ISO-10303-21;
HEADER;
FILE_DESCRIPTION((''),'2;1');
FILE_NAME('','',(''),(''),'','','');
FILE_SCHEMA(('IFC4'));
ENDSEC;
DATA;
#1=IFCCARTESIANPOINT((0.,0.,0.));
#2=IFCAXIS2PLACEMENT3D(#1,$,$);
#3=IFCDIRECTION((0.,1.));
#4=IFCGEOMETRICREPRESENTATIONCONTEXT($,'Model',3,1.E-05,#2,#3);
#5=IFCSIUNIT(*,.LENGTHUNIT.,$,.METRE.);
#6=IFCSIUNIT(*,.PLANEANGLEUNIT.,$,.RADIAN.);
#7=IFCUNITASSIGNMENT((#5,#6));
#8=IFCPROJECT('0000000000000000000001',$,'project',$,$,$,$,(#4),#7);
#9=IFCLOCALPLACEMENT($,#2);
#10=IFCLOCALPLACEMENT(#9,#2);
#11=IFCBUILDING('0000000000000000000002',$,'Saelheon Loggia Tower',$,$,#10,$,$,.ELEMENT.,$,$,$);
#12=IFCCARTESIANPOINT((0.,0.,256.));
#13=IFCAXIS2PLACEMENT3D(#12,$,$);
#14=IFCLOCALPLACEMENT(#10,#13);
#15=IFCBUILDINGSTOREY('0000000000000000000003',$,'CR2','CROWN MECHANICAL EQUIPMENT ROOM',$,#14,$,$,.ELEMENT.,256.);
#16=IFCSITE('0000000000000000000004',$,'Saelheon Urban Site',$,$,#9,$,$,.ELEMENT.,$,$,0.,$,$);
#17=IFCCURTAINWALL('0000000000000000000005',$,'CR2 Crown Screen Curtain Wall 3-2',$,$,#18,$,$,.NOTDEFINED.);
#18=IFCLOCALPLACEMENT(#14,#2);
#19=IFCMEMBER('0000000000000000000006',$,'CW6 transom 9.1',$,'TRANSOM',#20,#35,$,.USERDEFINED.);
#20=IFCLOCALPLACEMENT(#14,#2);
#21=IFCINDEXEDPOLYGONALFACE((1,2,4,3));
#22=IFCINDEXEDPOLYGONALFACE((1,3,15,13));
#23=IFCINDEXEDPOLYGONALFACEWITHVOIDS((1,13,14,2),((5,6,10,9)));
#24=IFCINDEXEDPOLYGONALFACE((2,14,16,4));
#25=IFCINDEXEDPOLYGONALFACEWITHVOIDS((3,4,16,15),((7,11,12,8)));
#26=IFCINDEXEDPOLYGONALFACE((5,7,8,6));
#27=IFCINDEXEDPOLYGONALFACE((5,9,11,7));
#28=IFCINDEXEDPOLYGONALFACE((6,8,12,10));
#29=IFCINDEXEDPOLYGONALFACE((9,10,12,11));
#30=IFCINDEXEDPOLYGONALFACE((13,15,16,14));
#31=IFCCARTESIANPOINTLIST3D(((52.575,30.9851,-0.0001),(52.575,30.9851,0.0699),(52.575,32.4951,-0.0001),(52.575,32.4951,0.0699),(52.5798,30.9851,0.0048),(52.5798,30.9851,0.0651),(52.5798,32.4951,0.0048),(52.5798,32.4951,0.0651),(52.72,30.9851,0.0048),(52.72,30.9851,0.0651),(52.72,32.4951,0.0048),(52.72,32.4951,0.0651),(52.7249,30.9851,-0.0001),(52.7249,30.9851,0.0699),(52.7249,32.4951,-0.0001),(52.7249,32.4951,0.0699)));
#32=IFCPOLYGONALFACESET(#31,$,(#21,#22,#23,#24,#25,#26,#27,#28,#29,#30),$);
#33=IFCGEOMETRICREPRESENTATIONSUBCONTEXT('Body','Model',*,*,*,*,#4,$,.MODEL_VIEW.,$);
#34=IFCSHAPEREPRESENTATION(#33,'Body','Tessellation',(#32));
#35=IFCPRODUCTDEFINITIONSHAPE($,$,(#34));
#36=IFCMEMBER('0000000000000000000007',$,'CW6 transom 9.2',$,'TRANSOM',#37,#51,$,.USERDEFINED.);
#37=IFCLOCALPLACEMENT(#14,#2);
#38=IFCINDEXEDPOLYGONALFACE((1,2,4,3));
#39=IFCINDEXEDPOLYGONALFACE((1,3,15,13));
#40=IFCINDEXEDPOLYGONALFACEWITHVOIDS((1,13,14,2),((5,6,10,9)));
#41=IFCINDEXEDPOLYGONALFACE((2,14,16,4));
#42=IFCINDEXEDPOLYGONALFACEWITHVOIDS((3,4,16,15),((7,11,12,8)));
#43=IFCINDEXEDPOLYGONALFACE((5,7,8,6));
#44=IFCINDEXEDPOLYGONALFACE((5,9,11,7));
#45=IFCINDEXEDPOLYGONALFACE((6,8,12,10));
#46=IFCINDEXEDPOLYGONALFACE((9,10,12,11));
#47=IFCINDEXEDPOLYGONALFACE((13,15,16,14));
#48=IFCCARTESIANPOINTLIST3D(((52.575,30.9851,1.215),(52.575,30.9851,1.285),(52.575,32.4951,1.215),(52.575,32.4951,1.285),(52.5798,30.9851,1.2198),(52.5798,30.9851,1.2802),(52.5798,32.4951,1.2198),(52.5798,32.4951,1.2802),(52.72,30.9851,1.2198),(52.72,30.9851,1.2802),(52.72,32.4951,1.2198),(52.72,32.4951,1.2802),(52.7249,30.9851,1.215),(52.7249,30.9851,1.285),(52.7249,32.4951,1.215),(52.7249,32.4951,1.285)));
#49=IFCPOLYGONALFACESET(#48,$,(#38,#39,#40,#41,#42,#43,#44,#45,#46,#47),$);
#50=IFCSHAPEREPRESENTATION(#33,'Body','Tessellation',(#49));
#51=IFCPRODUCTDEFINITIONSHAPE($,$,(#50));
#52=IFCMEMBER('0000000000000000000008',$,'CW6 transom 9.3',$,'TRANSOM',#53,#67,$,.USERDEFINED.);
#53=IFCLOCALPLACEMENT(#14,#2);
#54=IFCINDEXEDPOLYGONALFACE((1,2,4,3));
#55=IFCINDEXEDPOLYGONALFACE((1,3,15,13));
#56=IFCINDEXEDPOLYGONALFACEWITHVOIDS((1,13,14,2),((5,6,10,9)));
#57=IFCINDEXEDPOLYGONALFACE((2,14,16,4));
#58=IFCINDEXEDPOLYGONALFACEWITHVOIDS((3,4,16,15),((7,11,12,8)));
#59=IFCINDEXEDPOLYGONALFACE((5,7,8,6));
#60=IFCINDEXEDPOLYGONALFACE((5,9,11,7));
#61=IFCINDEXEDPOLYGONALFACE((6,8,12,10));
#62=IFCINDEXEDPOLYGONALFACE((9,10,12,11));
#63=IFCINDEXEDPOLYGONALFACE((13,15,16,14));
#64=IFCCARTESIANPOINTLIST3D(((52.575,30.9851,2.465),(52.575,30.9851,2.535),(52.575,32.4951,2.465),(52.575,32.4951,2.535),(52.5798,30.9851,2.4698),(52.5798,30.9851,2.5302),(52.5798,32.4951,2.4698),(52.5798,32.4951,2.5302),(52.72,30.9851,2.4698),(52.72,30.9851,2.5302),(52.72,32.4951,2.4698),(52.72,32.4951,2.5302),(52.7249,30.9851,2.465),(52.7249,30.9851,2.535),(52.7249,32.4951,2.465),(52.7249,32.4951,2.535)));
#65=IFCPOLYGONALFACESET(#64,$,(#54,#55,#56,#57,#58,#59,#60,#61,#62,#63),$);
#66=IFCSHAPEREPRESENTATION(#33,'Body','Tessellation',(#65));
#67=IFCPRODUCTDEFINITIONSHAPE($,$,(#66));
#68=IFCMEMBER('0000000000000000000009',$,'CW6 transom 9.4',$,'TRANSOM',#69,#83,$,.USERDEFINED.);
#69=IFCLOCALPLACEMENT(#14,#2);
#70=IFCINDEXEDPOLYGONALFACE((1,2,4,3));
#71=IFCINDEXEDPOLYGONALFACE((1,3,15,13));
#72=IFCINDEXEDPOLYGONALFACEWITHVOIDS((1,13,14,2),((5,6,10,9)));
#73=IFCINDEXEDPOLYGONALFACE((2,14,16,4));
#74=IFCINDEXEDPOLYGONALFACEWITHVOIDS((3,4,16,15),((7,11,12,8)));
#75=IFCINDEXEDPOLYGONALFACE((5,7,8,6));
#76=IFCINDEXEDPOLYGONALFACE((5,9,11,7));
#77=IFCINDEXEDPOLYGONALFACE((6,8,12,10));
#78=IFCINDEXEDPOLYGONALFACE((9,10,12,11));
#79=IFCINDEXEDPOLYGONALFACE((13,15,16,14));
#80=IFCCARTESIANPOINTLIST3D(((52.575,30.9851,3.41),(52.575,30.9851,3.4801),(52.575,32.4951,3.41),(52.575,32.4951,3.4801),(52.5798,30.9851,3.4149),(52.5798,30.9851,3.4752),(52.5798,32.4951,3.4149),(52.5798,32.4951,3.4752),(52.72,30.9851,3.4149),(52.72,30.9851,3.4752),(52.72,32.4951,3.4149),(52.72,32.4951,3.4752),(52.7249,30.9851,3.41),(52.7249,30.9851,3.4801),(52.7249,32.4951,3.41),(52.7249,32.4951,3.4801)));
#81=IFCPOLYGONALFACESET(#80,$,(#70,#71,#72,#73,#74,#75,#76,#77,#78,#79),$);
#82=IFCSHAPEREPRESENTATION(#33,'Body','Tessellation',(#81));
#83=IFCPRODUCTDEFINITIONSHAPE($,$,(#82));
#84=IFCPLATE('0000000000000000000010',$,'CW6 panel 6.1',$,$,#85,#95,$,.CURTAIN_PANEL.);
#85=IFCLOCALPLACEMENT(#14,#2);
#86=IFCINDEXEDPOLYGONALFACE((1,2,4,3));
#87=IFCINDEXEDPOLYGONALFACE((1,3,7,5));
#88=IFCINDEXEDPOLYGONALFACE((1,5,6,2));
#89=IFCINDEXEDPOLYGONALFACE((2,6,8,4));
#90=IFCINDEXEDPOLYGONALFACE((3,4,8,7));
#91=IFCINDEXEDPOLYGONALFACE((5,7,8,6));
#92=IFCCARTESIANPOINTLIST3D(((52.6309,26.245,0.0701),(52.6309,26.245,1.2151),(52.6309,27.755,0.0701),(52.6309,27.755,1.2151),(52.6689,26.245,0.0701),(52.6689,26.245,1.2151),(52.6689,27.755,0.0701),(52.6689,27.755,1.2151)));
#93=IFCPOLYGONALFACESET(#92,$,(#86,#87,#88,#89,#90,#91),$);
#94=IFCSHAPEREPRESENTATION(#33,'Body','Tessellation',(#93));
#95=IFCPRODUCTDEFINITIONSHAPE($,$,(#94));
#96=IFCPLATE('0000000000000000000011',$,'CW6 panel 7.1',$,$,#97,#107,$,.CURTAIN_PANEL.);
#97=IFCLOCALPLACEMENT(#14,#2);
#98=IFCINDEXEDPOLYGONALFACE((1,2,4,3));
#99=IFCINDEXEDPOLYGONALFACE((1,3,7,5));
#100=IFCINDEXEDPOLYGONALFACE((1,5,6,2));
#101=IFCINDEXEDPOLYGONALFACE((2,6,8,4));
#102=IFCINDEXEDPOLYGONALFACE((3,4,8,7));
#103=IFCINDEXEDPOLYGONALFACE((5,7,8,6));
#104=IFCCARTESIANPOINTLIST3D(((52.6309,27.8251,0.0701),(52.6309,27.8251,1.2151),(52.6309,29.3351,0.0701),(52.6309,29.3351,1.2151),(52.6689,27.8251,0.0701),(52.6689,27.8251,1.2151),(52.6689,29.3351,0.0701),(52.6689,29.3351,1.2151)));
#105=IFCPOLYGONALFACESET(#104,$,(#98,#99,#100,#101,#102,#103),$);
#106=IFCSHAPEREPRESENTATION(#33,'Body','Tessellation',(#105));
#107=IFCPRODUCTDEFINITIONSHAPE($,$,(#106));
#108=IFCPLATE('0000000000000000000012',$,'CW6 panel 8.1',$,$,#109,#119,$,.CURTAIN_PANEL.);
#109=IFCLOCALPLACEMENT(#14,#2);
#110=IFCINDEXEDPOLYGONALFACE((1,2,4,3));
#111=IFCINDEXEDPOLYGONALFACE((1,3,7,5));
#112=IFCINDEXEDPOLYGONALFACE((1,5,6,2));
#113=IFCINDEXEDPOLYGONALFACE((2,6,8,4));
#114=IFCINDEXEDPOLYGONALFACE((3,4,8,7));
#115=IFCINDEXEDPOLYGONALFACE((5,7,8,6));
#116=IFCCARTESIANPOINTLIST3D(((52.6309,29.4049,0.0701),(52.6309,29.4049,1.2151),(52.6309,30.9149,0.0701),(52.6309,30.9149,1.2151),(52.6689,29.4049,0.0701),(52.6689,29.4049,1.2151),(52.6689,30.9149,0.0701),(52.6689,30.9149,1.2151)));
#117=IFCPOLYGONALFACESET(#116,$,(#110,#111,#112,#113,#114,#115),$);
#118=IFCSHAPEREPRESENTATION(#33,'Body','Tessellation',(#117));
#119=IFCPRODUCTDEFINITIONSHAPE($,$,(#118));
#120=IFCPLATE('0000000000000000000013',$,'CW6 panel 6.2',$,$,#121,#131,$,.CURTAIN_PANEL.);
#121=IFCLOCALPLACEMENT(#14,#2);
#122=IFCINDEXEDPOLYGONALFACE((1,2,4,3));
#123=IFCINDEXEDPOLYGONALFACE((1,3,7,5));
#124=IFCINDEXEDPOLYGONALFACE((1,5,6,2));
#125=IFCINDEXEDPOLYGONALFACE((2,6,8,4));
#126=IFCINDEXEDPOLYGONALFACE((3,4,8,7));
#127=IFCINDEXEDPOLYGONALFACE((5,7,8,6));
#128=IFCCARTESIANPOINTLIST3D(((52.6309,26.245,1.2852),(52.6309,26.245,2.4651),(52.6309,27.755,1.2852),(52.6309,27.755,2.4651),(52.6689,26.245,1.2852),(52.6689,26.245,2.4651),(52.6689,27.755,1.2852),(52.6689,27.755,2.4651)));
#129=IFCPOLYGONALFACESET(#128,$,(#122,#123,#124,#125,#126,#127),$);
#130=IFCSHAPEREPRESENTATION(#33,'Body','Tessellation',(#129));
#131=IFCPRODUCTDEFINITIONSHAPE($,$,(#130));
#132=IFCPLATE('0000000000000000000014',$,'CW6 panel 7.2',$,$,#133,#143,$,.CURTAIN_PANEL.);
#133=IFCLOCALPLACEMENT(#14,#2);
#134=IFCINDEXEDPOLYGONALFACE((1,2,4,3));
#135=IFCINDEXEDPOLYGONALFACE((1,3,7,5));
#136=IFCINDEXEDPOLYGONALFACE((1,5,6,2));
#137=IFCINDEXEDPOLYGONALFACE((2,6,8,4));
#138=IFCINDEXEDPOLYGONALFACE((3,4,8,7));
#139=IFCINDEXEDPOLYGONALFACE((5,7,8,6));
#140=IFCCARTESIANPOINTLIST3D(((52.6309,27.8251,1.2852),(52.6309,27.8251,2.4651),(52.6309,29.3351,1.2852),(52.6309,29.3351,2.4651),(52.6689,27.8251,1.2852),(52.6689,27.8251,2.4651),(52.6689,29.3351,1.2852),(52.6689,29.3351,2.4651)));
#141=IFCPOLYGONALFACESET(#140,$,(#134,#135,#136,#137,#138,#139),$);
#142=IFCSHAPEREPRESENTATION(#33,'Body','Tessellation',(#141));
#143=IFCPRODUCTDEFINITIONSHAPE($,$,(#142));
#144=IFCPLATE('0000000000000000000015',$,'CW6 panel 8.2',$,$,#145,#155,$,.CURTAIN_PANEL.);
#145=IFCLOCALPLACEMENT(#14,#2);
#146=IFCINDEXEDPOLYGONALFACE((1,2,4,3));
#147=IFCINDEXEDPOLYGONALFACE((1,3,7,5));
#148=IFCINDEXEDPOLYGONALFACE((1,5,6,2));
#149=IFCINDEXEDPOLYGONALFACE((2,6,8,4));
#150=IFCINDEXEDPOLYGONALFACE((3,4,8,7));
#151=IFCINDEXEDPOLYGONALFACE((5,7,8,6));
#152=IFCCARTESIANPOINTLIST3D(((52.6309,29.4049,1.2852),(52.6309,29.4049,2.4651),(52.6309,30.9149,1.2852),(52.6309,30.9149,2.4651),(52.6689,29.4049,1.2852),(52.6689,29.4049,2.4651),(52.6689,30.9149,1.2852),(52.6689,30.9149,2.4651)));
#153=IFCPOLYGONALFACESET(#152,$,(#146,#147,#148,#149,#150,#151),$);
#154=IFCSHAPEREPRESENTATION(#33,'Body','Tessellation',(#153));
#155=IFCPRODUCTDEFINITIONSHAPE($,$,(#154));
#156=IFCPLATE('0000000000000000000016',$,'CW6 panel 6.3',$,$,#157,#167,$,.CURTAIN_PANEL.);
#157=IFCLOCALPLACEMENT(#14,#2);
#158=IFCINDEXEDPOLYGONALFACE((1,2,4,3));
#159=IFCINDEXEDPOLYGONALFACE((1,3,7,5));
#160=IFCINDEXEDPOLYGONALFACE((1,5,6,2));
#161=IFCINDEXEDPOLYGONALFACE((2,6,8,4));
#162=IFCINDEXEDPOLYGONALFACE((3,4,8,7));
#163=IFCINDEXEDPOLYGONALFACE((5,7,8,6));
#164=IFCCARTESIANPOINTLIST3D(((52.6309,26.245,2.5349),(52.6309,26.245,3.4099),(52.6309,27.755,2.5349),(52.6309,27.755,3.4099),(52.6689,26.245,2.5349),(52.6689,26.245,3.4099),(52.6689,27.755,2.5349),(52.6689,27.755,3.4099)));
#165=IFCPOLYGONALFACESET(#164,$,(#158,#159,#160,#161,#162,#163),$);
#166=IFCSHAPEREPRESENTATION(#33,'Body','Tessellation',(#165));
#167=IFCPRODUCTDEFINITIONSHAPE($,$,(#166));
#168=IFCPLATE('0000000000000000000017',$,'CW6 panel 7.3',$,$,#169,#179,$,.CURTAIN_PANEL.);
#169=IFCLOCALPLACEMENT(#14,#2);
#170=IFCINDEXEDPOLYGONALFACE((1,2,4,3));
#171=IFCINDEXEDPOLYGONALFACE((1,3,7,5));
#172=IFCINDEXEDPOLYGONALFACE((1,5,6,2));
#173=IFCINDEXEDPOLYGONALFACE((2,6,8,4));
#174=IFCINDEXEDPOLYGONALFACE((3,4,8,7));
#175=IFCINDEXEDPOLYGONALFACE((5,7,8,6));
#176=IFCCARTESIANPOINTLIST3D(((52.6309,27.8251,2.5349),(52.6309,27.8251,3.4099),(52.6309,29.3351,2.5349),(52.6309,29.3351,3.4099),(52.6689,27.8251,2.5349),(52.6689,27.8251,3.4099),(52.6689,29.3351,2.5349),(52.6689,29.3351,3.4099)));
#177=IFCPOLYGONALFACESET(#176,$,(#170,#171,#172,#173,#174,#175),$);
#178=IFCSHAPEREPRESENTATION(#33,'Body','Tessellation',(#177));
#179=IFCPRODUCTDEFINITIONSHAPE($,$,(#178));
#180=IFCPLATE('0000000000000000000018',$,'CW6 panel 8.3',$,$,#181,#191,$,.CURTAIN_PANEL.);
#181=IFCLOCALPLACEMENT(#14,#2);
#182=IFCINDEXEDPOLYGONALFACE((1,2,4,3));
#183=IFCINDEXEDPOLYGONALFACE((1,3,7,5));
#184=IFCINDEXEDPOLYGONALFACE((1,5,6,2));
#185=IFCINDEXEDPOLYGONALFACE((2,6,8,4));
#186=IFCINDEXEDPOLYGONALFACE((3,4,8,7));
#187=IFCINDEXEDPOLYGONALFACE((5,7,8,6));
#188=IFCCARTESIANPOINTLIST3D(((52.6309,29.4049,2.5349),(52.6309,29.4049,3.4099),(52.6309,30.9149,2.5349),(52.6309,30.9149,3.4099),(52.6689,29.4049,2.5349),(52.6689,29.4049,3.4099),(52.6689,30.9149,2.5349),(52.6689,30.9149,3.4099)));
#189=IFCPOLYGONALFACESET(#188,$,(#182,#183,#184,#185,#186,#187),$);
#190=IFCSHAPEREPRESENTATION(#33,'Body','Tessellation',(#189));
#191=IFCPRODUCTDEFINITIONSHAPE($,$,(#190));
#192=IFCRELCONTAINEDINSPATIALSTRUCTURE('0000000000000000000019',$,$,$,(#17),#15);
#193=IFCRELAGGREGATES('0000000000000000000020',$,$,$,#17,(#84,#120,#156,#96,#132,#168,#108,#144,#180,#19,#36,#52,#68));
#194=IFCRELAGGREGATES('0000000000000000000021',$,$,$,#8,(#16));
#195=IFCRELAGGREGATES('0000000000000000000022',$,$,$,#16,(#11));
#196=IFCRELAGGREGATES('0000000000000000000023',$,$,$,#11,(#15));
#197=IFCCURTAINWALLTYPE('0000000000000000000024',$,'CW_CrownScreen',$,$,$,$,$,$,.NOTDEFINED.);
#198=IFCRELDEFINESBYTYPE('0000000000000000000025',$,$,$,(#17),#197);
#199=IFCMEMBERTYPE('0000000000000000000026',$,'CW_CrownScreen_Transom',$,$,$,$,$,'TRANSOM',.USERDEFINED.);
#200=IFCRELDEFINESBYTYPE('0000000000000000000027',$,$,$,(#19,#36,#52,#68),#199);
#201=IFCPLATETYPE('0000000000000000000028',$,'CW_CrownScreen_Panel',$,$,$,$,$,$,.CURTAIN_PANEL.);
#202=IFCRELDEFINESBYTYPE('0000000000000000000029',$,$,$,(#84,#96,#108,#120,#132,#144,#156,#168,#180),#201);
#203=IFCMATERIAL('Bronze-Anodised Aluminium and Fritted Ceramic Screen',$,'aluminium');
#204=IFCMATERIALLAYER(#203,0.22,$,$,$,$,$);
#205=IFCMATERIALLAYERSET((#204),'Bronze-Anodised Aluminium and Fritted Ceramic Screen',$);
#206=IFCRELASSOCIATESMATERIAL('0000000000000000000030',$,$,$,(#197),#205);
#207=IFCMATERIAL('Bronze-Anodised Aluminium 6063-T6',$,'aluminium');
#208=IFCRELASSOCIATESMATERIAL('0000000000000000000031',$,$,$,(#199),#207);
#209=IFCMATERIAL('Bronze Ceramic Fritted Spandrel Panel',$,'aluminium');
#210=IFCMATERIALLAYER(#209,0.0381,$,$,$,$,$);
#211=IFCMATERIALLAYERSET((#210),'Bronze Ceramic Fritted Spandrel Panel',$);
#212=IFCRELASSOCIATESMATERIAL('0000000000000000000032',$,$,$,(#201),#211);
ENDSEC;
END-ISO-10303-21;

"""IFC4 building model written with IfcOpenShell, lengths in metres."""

from ifc_helpers import new_model, si_unit, direction, frame, origin, origin_2d, place, context, subcontext, project, spatial, rectangle, hollow_rectangle, extrude, source, transform, mapped, material, layer, layer_set, material_profile, profile_set, type_object, element, aggregate, save


model = new_model("IFC4")

# Units and contexts
model_context = context("Model", 3, precision=1e-05, world=origin(), true_north=direction((0.0, 1.0)))
body_context = subcontext(model_context, "Body", "Model", "MODEL_VIEW")
ifc_project = project(units=[si_unit("LENGTHUNIT", "METRE"), si_unit("PLANEANGLEUNIT", "RADIAN")], contexts=[model_context])

# Site, building, storey
site_placement = place(None, origin())
site = spatial("IfcSite", under=ifc_project, at=site_placement, Name="Saelheon Urban Site", CompositionType="ELEMENT", RefElevation=0.0)
building_placement = place(site_placement, origin())
building = spatial("IfcBuilding", under=site, at=building_placement, Name="Saelheon Loggia Tower", CompositionType="ELEMENT")
storey_placement = place(building_placement, frame((0.0, 0.0, 256.0)))
storey = spatial("IfcBuildingStorey", under=building, at=storey_placement, Name="CR2", Description="CROWN MECHANICAL EQUIPMENT ROOM", CompositionType="ELEMENT", Elevation=256.0)

# Curtain wall, members, plates
ifc_material_1 = material(Name="Bronze-Anodised Aluminium and Fritted Ceramic Screen", Category="aluminium")
ifc_layer_1 = layer(ifc_material_1, 0.22)
ifc_layer_set_1 = layer_set([ifc_layer_1], Name="Bronze-Anodised Aluminium and Fritted Ceramic Screen")
curtain_wall_type = type_object("IfcCurtainWallType", Name="CW_CrownScreen", PredefinedType="NOTDEFINED", material=ifc_layer_set_1)
curtain_wall_placement = place(storey_placement, origin())
curtain_wall = element("IfcCurtainWall", 1, at=curtain_wall_placement, inside=storey, type_object=curtain_wall_type, Name="CR2 Crown Screen Curtain Wall 3-2", PredefinedType="NOTDEFINED")
ifc_material_2 = material(Name="Bronze-Anodised Aluminium 6063-T6", Category="aluminium")
ifc_material_profile_1 = material_profile(ifc_material_2, hollow_rectangle(XDim=0.0701, YDim=0.1499, WallThickness=0.0049, at=origin_2d()), Name="RHS-150x70x5")
ifc_profile_set_1 = profile_set([ifc_material_profile_1], Name="Bronze-Anodised Aluminium 6063-T6")
member_type_1 = type_object("IfcMemberType", Name="CW_CrownScreen_Transom", ElementType="TRANSOM", PredefinedType="USERDEFINED", material=ifc_profile_set_1)
shared_shape_1 = source(origin(), body_context, "Body", "SweptSolid", [
    extrude(hollow_rectangle(XDim=0.0701, YDim=0.1499, WallThickness=0.0049, at=origin_2d()), origin(), (0.0, 0.0, 1.0), 1.51),
])
member_1_placement = place(storey_placement, frame((52.6499, 30.9851, 0.0349), z_axis=(0.0, 1.0, 0.0), x_axis=(0.0, 0.0, 1.0)))
member_1 = element("IfcMember", 2, at=member_1_placement, type_object=member_type_1, Name="CW6 transom 9.1", ObjectType="TRANSOM", PredefinedType="USERDEFINED", context=body_context, shape_type="MappedRepresentation", body=[
    mapped(shared_shape_1, transform((0.0, 0.0, 0.0), scale=1.0)),
])
member_2_placement = place(storey_placement, frame((52.6499, 30.9851, 1.25), z_axis=(0.0, 1.0, 0.0), x_axis=(0.0, 0.0, 1.0)))
member_2 = element("IfcMember", 3, at=member_2_placement, type_object=member_type_1, Name="CW6 transom 9.2", ObjectType="TRANSOM", PredefinedType="USERDEFINED", context=body_context, shape_type="MappedRepresentation", body=[
    mapped(shared_shape_1, transform((0.0, 0.0, 0.0), scale=1.0)),
])
member_3_placement = place(storey_placement, frame((52.6499, 30.9851, 2.5), z_axis=(0.0, 1.0, 0.0), x_axis=(0.0, 0.0, 1.0)))
member_3 = element("IfcMember", 4, at=member_3_placement, type_object=member_type_1, Name="CW6 transom 9.3", ObjectType="TRANSOM", PredefinedType="USERDEFINED", context=body_context, shape_type="MappedRepresentation", body=[
    mapped(shared_shape_1, transform((0.0, 0.0, 0.0), scale=1.0)),
])
member_4_placement = place(storey_placement, frame((52.6499, 30.9851, 3.4451), z_axis=(0.0, 1.0, 0.0), x_axis=(0.0, 0.0, 1.0)))
member_4 = element("IfcMember", 5, at=member_4_placement, type_object=member_type_1, Name="CW6 transom 9.4", ObjectType="TRANSOM", PredefinedType="USERDEFINED", context=body_context, shape_type="MappedRepresentation", body=[
    mapped(shared_shape_1, transform((0.0, 0.0, 0.0), scale=1.0)),
])
ifc_material_3 = material(Name="Bronze Ceramic Fritted Spandrel Panel", Category="aluminium")
ifc_layer_2 = layer(ifc_material_3, 0.0381)
ifc_layer_set_2 = layer_set([ifc_layer_2], Name="Bronze Ceramic Fritted Spandrel Panel")
plate_type = type_object("IfcPlateType", Name="CW_CrownScreen_Panel", PredefinedType="CURTAIN_PANEL", material=ifc_layer_set_2)
shared_shape_2 = source(origin(), body_context, "Body", "SweptSolid", [
    extrude(rectangle(XDim=1.51, YDim=0.0381, at=origin_2d()), origin(), (0.0, 0.0, 1.0), 1.145),
])
plate_1_placement = place(storey_placement, frame((52.6499, 27.0, 0.0701), z_axis=(0.0, 0.0, 1.0), x_axis=(0.0, 1.0, 0.0)))
plate_1 = element("IfcPlate", 6, at=plate_1_placement, type_object=plate_type, Name="CW6 panel 6.1", PredefinedType="CURTAIN_PANEL", context=body_context, shape_type="MappedRepresentation", body=[
    mapped(shared_shape_2, transform((0.0, 0.0, 0.0), scale=1.0)),
])
plate_2_placement = place(storey_placement, frame((52.6499, 28.5801, 0.0701), z_axis=(0.0, 0.0, 1.0), x_axis=(0.0, 1.0, 0.0)))
plate_2 = element("IfcPlate", 7, at=plate_2_placement, type_object=plate_type, Name="CW6 panel 7.1", PredefinedType="CURTAIN_PANEL", context=body_context, shape_type="MappedRepresentation", body=[
    mapped(shared_shape_2, transform((0.0, 0.0, 0.0), scale=1.0)),
])
plate_3_placement = place(storey_placement, frame((52.6499, 30.1599, 0.0701), z_axis=(0.0, 0.0, 1.0), x_axis=(0.0, 1.0, 0.0)))
plate_3 = element("IfcPlate", 8, at=plate_3_placement, type_object=plate_type, Name="CW6 panel 8.1", PredefinedType="CURTAIN_PANEL", context=body_context, shape_type="MappedRepresentation", body=[
    mapped(shared_shape_2, transform((0.0, 0.0, 0.0), scale=1.0)),
])
shared_shape_3 = source(origin(), body_context, "Body", "SweptSolid", [
    extrude(rectangle(XDim=1.51, YDim=0.0381, at=origin_2d()), origin(), (0.0, 0.0, 1.0), 1.1799),
])
plate_4_placement = place(storey_placement, frame((52.6499, 27.0, 1.2852), z_axis=(0.0, 0.0, 1.0), x_axis=(0.0, 1.0, 0.0)))
plate_4 = element("IfcPlate", 9, at=plate_4_placement, type_object=plate_type, Name="CW6 panel 6.2", PredefinedType="CURTAIN_PANEL", context=body_context, shape_type="MappedRepresentation", body=[
    mapped(shared_shape_3, transform((0.0, 0.0, 0.0), scale=1.0)),
])
plate_5_placement = place(storey_placement, frame((52.6499, 28.5801, 1.2852), z_axis=(0.0, 0.0, 1.0), x_axis=(0.0, 1.0, 0.0)))
plate_5 = element("IfcPlate", 10, at=plate_5_placement, type_object=plate_type, Name="CW6 panel 7.2", PredefinedType="CURTAIN_PANEL", context=body_context, shape_type="MappedRepresentation", body=[
    mapped(shared_shape_3, transform((0.0, 0.0, 0.0), scale=1.0)),
])
plate_6_placement = place(storey_placement, frame((52.6499, 30.1599, 1.2852), z_axis=(0.0, 0.0, 1.0), x_axis=(0.0, 1.0, 0.0)))
plate_6 = element("IfcPlate", 11, at=plate_6_placement, type_object=plate_type, Name="CW6 panel 8.2", PredefinedType="CURTAIN_PANEL", context=body_context, shape_type="MappedRepresentation", body=[
    mapped(shared_shape_3, transform((0.0, 0.0, 0.0), scale=1.0)),
])
shared_shape_4 = source(origin(), body_context, "Body", "SweptSolid", [
    extrude(rectangle(XDim=1.51, YDim=0.0381, at=origin_2d()), origin(), (0.0, 0.0, 1.0), 0.875),
])
plate_7_placement = place(storey_placement, frame((52.6499, 27.0, 2.5349), z_axis=(0.0, 0.0, 1.0), x_axis=(0.0, 1.0, 0.0)))
plate_7 = element("IfcPlate", 12, at=plate_7_placement, type_object=plate_type, Name="CW6 panel 6.3", PredefinedType="CURTAIN_PANEL", context=body_context, shape_type="MappedRepresentation", body=[
    mapped(shared_shape_4, transform((0.0, 0.0, 0.0), scale=1.0)),
])
plate_8_placement = place(storey_placement, frame((52.6499, 28.5801, 2.5349), z_axis=(0.0, 0.0, 1.0), x_axis=(0.0, 1.0, 0.0)))
plate_8 = element("IfcPlate", 13, at=plate_8_placement, type_object=plate_type, Name="CW6 panel 7.3", PredefinedType="CURTAIN_PANEL", context=body_context, shape_type="MappedRepresentation", body=[
    mapped(shared_shape_4, transform((0.0, 0.0, 0.0), scale=1.0)),
])
plate_9_placement = place(storey_placement, frame((52.6499, 30.1599, 2.5349), z_axis=(0.0, 0.0, 1.0), x_axis=(0.0, 1.0, 0.0)))
plate_9 = element("IfcPlate", 14, at=plate_9_placement, type_object=plate_type, Name="CW6 panel 8.3", PredefinedType="CURTAIN_PANEL", context=body_context, shape_type="MappedRepresentation", body=[
    mapped(shared_shape_4, transform((0.0, 0.0, 0.0), scale=1.0)),
])
aggregate(curtain_wall, [plate_1, plate_4, plate_7, plate_2, plate_5, plate_8, plate_3, plate_6, plate_9, member_1, member_2, member_3, member_4])

save(model, "model.ifc")
